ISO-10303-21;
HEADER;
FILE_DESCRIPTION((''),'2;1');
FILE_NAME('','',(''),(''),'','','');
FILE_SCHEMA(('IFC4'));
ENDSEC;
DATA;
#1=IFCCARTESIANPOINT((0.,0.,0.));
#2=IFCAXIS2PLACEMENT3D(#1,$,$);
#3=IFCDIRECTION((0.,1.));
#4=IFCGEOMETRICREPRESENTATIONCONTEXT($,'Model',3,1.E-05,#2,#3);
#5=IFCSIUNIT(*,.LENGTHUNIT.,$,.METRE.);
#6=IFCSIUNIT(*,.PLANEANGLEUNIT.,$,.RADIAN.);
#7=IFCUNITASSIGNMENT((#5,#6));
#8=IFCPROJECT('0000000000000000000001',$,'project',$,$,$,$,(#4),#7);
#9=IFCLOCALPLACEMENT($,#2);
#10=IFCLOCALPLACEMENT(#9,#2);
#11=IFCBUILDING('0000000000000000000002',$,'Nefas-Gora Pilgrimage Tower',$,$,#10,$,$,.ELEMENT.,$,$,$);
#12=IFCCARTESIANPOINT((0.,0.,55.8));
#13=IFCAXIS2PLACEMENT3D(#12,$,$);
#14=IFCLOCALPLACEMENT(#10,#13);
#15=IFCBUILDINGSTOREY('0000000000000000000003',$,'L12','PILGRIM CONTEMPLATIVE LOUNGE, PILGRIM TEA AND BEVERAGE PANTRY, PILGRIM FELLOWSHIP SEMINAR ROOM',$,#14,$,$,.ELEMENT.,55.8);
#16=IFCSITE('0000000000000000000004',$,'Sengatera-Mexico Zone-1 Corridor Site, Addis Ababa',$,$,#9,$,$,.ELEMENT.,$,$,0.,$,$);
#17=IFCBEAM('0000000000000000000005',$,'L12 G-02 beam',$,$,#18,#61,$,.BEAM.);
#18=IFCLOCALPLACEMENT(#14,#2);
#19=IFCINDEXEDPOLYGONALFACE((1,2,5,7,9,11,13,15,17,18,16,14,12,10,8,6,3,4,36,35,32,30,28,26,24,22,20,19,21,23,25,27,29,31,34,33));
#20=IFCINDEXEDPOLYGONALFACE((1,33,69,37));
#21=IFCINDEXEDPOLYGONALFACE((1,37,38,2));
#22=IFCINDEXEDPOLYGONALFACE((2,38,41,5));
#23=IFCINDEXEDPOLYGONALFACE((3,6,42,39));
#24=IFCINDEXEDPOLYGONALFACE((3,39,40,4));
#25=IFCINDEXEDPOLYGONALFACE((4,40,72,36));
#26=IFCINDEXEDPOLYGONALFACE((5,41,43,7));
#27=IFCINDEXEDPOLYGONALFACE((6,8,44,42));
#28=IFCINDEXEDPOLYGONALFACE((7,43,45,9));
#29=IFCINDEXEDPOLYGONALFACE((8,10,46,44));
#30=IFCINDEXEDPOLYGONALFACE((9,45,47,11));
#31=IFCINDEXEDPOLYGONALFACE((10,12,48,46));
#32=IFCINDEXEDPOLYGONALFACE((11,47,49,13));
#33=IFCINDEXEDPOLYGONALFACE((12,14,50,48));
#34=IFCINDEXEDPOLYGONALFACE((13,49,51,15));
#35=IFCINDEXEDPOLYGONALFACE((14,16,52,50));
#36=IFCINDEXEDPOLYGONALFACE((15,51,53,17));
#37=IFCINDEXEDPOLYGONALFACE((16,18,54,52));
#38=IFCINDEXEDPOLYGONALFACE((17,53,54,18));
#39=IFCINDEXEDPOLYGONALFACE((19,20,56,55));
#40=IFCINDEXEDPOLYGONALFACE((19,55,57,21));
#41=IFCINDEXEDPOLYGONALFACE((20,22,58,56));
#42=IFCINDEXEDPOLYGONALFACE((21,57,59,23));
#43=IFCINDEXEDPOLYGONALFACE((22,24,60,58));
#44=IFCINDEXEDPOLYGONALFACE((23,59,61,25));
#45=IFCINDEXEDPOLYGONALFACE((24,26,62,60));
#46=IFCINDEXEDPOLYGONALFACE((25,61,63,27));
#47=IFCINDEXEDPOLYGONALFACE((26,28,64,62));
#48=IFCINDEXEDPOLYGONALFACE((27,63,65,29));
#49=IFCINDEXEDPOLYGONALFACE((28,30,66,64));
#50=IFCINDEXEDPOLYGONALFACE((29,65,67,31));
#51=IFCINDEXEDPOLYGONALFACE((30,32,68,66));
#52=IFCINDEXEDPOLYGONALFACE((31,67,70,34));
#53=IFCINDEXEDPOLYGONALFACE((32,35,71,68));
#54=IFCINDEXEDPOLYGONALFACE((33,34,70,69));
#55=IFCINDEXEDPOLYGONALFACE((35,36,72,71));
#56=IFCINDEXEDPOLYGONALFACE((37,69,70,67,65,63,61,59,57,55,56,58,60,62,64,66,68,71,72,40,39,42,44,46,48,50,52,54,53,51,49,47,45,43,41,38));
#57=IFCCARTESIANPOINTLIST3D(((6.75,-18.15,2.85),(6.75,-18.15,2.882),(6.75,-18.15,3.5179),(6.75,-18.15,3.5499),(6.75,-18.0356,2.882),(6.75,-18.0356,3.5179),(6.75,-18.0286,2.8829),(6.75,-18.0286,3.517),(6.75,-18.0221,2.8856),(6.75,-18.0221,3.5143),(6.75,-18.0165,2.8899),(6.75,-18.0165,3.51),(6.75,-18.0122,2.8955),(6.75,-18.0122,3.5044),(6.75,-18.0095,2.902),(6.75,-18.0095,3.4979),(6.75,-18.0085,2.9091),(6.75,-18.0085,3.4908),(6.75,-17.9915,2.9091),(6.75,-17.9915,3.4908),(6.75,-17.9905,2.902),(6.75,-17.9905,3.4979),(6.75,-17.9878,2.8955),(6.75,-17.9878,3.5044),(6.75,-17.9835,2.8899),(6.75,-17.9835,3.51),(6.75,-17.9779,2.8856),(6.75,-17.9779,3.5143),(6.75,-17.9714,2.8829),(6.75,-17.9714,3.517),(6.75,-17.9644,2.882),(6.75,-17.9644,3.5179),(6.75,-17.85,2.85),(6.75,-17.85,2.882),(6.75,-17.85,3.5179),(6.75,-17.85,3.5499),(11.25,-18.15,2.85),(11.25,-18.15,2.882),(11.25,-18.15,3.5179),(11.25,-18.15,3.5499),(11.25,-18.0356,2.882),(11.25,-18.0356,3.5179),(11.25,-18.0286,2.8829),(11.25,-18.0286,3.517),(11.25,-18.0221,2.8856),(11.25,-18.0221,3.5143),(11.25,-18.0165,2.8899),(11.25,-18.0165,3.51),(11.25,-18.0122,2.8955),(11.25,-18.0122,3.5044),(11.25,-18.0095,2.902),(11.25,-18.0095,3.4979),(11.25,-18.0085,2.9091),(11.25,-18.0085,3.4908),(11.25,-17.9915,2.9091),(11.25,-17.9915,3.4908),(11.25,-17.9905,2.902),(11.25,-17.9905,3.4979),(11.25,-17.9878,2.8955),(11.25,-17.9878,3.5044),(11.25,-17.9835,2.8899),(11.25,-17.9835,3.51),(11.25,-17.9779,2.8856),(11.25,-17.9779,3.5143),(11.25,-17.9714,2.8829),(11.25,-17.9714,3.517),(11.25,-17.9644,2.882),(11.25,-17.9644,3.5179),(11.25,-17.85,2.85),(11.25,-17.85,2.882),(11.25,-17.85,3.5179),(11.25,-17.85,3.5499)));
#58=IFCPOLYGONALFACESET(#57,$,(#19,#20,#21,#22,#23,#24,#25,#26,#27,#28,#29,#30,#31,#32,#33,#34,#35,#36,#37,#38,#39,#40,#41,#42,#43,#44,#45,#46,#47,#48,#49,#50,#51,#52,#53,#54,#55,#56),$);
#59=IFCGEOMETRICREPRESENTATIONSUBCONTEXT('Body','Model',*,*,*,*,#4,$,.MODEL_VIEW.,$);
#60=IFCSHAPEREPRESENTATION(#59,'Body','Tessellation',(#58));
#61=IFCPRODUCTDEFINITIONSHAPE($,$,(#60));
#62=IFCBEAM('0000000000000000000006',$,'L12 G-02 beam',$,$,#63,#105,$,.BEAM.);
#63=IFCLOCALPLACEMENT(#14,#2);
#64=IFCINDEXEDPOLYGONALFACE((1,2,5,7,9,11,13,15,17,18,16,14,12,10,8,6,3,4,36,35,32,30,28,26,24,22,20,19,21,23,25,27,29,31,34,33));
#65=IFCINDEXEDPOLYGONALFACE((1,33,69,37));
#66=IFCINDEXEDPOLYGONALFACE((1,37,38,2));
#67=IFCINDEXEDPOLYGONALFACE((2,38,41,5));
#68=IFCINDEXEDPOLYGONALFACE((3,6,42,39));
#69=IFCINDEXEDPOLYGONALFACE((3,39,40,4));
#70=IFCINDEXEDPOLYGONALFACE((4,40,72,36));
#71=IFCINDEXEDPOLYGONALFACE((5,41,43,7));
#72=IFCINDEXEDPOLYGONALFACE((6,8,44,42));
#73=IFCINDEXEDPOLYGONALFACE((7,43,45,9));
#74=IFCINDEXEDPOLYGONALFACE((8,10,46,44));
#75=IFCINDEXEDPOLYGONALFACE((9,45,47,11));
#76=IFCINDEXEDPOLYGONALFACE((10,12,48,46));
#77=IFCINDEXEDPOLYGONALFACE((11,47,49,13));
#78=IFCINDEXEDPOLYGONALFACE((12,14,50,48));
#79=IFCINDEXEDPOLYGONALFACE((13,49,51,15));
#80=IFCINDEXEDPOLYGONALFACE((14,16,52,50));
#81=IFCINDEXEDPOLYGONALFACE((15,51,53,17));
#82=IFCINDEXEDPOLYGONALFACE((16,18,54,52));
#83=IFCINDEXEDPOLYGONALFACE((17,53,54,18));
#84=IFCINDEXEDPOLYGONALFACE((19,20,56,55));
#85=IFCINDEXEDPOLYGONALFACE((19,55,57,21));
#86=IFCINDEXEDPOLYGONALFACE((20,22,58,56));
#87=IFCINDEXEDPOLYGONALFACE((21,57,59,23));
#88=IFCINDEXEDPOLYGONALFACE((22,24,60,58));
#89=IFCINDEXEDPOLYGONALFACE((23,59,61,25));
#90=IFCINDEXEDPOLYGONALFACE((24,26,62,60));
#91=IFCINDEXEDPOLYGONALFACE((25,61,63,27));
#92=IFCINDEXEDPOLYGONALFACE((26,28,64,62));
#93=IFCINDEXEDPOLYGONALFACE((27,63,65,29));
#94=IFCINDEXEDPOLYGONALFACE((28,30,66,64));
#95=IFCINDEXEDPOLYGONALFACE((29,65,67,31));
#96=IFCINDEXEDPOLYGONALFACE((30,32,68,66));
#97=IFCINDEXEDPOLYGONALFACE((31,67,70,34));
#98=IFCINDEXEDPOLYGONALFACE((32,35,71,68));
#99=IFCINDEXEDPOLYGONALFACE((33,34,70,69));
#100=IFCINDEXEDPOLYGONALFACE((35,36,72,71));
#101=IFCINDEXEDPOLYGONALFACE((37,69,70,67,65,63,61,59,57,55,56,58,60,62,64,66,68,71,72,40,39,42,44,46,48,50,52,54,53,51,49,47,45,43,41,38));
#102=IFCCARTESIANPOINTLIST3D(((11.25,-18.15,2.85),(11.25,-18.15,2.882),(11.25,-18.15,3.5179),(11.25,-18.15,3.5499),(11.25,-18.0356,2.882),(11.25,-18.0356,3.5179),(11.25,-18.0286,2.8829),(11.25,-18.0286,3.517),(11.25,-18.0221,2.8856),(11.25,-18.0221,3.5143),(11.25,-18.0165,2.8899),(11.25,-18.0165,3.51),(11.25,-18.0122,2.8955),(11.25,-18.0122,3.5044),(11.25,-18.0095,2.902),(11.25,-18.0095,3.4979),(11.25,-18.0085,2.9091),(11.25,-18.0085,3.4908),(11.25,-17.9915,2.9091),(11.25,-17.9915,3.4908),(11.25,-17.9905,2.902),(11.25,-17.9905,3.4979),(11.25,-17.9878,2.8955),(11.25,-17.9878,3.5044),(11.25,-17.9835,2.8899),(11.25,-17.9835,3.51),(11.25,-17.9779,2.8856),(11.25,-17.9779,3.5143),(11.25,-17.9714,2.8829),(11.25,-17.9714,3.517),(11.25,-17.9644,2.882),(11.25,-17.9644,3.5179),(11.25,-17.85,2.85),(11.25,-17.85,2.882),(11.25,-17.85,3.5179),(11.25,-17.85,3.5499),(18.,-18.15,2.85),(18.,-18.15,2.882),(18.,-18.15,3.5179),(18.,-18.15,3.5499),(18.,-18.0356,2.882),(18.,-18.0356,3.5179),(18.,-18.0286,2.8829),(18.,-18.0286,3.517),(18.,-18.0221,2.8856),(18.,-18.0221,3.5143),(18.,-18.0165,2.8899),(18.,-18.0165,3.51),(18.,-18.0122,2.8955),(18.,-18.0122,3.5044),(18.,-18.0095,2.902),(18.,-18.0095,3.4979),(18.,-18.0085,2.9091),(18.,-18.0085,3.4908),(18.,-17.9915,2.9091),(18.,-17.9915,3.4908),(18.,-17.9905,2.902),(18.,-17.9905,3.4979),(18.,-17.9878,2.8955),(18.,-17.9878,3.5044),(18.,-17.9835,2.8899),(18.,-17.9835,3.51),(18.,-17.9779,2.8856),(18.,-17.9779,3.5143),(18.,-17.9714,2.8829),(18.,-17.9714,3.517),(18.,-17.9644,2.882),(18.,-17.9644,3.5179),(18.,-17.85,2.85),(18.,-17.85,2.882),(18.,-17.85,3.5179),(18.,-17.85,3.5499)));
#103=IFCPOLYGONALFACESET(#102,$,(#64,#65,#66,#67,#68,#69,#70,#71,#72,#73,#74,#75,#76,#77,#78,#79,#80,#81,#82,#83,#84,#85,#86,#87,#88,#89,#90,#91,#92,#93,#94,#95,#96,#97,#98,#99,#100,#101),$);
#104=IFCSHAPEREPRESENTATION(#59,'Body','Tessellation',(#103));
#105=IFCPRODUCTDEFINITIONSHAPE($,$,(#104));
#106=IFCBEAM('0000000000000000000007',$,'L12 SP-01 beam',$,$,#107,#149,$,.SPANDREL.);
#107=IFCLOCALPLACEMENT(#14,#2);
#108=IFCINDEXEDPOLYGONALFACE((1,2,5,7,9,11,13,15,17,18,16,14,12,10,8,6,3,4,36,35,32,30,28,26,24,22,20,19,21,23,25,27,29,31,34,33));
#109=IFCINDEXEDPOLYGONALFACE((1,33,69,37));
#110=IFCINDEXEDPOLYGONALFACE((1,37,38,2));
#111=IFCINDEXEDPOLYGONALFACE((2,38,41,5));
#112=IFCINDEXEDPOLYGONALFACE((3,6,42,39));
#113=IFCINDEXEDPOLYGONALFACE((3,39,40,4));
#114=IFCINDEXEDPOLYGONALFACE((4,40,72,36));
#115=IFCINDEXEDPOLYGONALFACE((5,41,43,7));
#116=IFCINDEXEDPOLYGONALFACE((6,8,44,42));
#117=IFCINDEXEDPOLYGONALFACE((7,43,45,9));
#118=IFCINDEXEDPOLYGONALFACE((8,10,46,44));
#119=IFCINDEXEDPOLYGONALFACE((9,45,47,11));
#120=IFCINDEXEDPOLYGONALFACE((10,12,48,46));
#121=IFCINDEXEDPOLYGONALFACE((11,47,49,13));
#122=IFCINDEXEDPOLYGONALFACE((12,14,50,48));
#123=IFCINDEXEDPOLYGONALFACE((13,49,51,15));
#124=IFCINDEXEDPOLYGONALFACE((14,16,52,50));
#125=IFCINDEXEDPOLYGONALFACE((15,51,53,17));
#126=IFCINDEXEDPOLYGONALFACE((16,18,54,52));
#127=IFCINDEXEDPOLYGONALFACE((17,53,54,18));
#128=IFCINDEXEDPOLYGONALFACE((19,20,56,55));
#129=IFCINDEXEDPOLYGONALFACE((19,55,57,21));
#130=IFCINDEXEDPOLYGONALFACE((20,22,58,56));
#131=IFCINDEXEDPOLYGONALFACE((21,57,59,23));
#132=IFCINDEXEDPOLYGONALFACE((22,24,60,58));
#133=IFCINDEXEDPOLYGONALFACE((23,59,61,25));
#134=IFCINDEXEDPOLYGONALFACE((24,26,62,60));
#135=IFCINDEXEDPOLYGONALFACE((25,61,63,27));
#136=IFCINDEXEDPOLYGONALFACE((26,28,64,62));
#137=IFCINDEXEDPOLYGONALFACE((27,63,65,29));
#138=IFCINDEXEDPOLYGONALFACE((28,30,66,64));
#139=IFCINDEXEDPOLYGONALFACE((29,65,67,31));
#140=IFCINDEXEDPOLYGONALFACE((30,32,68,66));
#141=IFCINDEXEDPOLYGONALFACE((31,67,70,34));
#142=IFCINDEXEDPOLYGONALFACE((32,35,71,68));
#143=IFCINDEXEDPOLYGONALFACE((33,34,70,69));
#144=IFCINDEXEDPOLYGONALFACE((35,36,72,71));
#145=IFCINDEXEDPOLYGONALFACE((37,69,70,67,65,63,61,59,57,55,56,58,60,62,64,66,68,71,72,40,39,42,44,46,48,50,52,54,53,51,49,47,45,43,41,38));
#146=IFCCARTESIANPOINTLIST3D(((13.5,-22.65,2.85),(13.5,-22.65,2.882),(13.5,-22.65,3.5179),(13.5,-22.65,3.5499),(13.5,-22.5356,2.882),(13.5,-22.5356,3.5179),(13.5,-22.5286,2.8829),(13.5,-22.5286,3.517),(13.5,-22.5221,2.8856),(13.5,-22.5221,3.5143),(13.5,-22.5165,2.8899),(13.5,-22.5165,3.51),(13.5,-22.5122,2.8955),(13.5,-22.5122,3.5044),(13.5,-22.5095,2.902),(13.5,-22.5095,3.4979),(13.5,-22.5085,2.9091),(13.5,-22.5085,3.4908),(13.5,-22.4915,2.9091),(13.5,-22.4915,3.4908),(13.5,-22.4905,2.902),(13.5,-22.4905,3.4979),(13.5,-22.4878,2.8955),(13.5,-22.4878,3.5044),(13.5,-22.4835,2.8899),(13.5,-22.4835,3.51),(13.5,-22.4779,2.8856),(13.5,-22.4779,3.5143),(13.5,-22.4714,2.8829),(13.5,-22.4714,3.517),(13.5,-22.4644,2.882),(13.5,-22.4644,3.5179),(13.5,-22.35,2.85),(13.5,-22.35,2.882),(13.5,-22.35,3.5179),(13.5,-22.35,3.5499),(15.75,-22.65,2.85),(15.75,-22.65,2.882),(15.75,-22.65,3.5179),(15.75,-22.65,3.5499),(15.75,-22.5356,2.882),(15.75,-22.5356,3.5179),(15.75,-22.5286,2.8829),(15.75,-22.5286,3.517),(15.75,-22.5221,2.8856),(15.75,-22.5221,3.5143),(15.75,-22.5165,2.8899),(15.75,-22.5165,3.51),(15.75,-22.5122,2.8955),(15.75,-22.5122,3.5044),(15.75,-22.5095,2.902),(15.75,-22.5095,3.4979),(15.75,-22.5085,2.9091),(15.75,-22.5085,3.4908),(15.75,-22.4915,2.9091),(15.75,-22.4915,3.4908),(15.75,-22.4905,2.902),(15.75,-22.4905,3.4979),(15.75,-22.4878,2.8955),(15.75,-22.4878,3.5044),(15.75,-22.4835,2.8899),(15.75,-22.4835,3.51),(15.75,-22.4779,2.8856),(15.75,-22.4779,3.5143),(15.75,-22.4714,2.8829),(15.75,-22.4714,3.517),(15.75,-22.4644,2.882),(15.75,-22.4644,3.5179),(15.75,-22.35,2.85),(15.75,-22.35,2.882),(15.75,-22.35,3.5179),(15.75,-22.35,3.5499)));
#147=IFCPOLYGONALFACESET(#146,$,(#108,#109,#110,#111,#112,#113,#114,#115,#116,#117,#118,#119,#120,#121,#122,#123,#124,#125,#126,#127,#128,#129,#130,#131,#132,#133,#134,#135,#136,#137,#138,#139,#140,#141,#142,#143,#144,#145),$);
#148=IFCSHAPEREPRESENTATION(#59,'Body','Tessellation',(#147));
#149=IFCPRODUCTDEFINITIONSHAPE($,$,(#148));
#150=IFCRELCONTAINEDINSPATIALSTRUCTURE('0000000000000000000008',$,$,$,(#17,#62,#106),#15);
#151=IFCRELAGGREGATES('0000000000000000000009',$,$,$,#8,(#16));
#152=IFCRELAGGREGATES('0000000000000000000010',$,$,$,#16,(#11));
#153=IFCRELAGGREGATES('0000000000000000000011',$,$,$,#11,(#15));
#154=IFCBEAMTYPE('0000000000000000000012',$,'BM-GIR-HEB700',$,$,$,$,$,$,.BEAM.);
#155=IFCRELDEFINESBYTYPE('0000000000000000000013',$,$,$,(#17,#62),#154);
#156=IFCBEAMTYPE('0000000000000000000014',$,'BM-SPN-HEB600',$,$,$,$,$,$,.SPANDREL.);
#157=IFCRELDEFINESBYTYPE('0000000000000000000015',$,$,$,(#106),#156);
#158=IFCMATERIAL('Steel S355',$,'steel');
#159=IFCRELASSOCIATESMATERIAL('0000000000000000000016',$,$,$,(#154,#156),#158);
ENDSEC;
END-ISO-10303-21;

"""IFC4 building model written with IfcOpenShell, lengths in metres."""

from ifc_helpers import new_model, si_unit, direction, frame, origin, origin_2d, place, context, subcontext, project, spatial, i_section, extrude, source, transform, mapped, material, material_profile, profile_set, type_object, element, save


model = new_model("IFC4")

# Units and contexts
model_context = context("Model", 3, precision=1e-05, world=origin(), true_north=direction((0.0, 1.0)))
body_context = subcontext(model_context, "Body", "Model", "MODEL_VIEW")
ifc_project = project(units=[si_unit("LENGTHUNIT", "METRE"), si_unit("PLANEANGLEUNIT", "RADIAN")], contexts=[model_context])

# Site, building, storey
site_placement = place(None, origin())
site = spatial("IfcSite", under=ifc_project, at=site_placement, Name="Sengatera-Mexico Zone-1 Corridor Site, Addis Ababa", CompositionType="ELEMENT", RefElevation=0.0)
building_placement = place(site_placement, origin())
building = spatial("IfcBuilding", under=site, at=building_placement, Name="Nefas-Gora Pilgrimage Tower", CompositionType="ELEMENT")
storey_placement = place(building_placement, frame((0.0, 0.0, 55.8)))
storey = spatial("IfcBuildingStorey", under=building, at=storey_placement, Name="L12", Description="PILGRIM CONTEMPLATIVE LOUNGE, PILGRIM TEA AND BEVERAGE PANTRY, PILGRIM FELLOWSHIP SEMINAR ROOM", CompositionType="ELEMENT", Elevation=55.8)

# Beams
ifc_material_1 = material(Name="Steel S355", Category="steel")
ifc_material_profile_1 = material_profile(ifc_material_1, i_section(OverallWidth=0.3, OverallDepth=0.7, WebThickness=0.0171, FlangeThickness=0.032, FilletRadius=0.0271, at=origin_2d()), Name="HEB 700")
ifc_profile_set_1 = profile_set([ifc_material_profile_1], Name="Steel S355")
beam_type_1 = type_object("IfcBeamType", Name="BM-GIR-HEB700", PredefinedType="BEAM", material=ifc_profile_set_1)
shared_shape_1 = source(origin(), body_context, "Body", "SweptSolid", [
    extrude(i_section(OverallWidth=0.3, OverallDepth=0.7, WebThickness=0.0171, FlangeThickness=0.032, FilletRadius=0.0271, at=origin_2d()), origin(), (0.0, 0.0, 1.0), 4.5),
])
for number, where, z_axis, x_axis, name in (
    (1, (6.75, -18.0, 3.2), (1.0, 0.0, 0.0), (0.0, 1.0, 0.0), "L12 G-02 beam"),
):
    element("IfcBeam", number, at=place(storey_placement, frame(where, z_axis=z_axis, x_axis=x_axis)), inside=storey, type_object=beam_type_1, Name=name, PredefinedType="BEAM", context=body_context, shape_type="MappedRepresentation", body=[
        mapped(shared_shape_1, transform((0.0, 0.0, 0.0), x_axis=(1.0, 0.0, 0.0), y_axis=(0.0, 1.0, 0.0), z_axis=(0.0, 0.0, 1.0), scale=1.0)),
    ])
shared_shape_2 = source(origin(), body_context, "Body", "SweptSolid", [
    extrude(i_section(OverallWidth=0.3, OverallDepth=0.7, WebThickness=0.0171, FlangeThickness=0.032, FilletRadius=0.0271, at=origin_2d()), origin(), (0.0, 0.0, 1.0), 6.75),
])
beam_1_placement = place(storey_placement, frame((11.25, -18.0, 3.2), z_axis=(1.0, 0.0, 0.0), x_axis=(0.0, 1.0, 0.0)))
element("IfcBeam", 2, at=beam_1_placement, inside=storey, type_object=beam_type_1, Name="L12 G-02 beam", PredefinedType="BEAM", context=body_context, shape_type="MappedRepresentation", body=[
    mapped(shared_shape_2, transform((0.0, 0.0, 0.0), x_axis=(1.0, 0.0, 0.0), y_axis=(0.0, 1.0, 0.0), z_axis=(0.0, 0.0, 1.0), scale=1.0)),
])
ifc_material_profile_2 = material_profile(ifc_material_1, i_section(OverallWidth=0.3, OverallDepth=0.7, WebThickness=0.0171, FlangeThickness=0.032, FilletRadius=0.0271, at=origin_2d()), Name="HEB 700")
ifc_profile_set_2 = profile_set([ifc_material_profile_2], Name="Steel S355")
beam_type_2 = type_object("IfcBeamType", Name="BM-SPN-HEB600", PredefinedType="SPANDREL", material=ifc_profile_set_2)
shared_shape_3 = source(origin(), body_context, "Body", "SweptSolid", [
    extrude(i_section(OverallWidth=0.3, OverallDepth=0.7, WebThickness=0.0171, FlangeThickness=0.032, FilletRadius=0.0271, at=origin_2d()), origin(), (0.0, 0.0, 1.0), 2.25),
])
beam_2_placement = place(storey_placement, frame((13.5, -22.5, 3.2), z_axis=(1.0, 0.0, 0.0), x_axis=(0.0, 1.0, 0.0)))
element("IfcBeam", 3, at=beam_2_placement, inside=storey, type_object=beam_type_2, Name="L12 SP-01 beam", PredefinedType="SPANDREL", context=body_context, shape_type="MappedRepresentation", body=[
    mapped(shared_shape_3, transform((0.0, 0.0, 0.0), x_axis=(1.0, 0.0, 0.0), y_axis=(0.0, 1.0, 0.0), z_axis=(0.0, 0.0, 1.0), scale=1.0)),
])

save(model, "model.ifc")
